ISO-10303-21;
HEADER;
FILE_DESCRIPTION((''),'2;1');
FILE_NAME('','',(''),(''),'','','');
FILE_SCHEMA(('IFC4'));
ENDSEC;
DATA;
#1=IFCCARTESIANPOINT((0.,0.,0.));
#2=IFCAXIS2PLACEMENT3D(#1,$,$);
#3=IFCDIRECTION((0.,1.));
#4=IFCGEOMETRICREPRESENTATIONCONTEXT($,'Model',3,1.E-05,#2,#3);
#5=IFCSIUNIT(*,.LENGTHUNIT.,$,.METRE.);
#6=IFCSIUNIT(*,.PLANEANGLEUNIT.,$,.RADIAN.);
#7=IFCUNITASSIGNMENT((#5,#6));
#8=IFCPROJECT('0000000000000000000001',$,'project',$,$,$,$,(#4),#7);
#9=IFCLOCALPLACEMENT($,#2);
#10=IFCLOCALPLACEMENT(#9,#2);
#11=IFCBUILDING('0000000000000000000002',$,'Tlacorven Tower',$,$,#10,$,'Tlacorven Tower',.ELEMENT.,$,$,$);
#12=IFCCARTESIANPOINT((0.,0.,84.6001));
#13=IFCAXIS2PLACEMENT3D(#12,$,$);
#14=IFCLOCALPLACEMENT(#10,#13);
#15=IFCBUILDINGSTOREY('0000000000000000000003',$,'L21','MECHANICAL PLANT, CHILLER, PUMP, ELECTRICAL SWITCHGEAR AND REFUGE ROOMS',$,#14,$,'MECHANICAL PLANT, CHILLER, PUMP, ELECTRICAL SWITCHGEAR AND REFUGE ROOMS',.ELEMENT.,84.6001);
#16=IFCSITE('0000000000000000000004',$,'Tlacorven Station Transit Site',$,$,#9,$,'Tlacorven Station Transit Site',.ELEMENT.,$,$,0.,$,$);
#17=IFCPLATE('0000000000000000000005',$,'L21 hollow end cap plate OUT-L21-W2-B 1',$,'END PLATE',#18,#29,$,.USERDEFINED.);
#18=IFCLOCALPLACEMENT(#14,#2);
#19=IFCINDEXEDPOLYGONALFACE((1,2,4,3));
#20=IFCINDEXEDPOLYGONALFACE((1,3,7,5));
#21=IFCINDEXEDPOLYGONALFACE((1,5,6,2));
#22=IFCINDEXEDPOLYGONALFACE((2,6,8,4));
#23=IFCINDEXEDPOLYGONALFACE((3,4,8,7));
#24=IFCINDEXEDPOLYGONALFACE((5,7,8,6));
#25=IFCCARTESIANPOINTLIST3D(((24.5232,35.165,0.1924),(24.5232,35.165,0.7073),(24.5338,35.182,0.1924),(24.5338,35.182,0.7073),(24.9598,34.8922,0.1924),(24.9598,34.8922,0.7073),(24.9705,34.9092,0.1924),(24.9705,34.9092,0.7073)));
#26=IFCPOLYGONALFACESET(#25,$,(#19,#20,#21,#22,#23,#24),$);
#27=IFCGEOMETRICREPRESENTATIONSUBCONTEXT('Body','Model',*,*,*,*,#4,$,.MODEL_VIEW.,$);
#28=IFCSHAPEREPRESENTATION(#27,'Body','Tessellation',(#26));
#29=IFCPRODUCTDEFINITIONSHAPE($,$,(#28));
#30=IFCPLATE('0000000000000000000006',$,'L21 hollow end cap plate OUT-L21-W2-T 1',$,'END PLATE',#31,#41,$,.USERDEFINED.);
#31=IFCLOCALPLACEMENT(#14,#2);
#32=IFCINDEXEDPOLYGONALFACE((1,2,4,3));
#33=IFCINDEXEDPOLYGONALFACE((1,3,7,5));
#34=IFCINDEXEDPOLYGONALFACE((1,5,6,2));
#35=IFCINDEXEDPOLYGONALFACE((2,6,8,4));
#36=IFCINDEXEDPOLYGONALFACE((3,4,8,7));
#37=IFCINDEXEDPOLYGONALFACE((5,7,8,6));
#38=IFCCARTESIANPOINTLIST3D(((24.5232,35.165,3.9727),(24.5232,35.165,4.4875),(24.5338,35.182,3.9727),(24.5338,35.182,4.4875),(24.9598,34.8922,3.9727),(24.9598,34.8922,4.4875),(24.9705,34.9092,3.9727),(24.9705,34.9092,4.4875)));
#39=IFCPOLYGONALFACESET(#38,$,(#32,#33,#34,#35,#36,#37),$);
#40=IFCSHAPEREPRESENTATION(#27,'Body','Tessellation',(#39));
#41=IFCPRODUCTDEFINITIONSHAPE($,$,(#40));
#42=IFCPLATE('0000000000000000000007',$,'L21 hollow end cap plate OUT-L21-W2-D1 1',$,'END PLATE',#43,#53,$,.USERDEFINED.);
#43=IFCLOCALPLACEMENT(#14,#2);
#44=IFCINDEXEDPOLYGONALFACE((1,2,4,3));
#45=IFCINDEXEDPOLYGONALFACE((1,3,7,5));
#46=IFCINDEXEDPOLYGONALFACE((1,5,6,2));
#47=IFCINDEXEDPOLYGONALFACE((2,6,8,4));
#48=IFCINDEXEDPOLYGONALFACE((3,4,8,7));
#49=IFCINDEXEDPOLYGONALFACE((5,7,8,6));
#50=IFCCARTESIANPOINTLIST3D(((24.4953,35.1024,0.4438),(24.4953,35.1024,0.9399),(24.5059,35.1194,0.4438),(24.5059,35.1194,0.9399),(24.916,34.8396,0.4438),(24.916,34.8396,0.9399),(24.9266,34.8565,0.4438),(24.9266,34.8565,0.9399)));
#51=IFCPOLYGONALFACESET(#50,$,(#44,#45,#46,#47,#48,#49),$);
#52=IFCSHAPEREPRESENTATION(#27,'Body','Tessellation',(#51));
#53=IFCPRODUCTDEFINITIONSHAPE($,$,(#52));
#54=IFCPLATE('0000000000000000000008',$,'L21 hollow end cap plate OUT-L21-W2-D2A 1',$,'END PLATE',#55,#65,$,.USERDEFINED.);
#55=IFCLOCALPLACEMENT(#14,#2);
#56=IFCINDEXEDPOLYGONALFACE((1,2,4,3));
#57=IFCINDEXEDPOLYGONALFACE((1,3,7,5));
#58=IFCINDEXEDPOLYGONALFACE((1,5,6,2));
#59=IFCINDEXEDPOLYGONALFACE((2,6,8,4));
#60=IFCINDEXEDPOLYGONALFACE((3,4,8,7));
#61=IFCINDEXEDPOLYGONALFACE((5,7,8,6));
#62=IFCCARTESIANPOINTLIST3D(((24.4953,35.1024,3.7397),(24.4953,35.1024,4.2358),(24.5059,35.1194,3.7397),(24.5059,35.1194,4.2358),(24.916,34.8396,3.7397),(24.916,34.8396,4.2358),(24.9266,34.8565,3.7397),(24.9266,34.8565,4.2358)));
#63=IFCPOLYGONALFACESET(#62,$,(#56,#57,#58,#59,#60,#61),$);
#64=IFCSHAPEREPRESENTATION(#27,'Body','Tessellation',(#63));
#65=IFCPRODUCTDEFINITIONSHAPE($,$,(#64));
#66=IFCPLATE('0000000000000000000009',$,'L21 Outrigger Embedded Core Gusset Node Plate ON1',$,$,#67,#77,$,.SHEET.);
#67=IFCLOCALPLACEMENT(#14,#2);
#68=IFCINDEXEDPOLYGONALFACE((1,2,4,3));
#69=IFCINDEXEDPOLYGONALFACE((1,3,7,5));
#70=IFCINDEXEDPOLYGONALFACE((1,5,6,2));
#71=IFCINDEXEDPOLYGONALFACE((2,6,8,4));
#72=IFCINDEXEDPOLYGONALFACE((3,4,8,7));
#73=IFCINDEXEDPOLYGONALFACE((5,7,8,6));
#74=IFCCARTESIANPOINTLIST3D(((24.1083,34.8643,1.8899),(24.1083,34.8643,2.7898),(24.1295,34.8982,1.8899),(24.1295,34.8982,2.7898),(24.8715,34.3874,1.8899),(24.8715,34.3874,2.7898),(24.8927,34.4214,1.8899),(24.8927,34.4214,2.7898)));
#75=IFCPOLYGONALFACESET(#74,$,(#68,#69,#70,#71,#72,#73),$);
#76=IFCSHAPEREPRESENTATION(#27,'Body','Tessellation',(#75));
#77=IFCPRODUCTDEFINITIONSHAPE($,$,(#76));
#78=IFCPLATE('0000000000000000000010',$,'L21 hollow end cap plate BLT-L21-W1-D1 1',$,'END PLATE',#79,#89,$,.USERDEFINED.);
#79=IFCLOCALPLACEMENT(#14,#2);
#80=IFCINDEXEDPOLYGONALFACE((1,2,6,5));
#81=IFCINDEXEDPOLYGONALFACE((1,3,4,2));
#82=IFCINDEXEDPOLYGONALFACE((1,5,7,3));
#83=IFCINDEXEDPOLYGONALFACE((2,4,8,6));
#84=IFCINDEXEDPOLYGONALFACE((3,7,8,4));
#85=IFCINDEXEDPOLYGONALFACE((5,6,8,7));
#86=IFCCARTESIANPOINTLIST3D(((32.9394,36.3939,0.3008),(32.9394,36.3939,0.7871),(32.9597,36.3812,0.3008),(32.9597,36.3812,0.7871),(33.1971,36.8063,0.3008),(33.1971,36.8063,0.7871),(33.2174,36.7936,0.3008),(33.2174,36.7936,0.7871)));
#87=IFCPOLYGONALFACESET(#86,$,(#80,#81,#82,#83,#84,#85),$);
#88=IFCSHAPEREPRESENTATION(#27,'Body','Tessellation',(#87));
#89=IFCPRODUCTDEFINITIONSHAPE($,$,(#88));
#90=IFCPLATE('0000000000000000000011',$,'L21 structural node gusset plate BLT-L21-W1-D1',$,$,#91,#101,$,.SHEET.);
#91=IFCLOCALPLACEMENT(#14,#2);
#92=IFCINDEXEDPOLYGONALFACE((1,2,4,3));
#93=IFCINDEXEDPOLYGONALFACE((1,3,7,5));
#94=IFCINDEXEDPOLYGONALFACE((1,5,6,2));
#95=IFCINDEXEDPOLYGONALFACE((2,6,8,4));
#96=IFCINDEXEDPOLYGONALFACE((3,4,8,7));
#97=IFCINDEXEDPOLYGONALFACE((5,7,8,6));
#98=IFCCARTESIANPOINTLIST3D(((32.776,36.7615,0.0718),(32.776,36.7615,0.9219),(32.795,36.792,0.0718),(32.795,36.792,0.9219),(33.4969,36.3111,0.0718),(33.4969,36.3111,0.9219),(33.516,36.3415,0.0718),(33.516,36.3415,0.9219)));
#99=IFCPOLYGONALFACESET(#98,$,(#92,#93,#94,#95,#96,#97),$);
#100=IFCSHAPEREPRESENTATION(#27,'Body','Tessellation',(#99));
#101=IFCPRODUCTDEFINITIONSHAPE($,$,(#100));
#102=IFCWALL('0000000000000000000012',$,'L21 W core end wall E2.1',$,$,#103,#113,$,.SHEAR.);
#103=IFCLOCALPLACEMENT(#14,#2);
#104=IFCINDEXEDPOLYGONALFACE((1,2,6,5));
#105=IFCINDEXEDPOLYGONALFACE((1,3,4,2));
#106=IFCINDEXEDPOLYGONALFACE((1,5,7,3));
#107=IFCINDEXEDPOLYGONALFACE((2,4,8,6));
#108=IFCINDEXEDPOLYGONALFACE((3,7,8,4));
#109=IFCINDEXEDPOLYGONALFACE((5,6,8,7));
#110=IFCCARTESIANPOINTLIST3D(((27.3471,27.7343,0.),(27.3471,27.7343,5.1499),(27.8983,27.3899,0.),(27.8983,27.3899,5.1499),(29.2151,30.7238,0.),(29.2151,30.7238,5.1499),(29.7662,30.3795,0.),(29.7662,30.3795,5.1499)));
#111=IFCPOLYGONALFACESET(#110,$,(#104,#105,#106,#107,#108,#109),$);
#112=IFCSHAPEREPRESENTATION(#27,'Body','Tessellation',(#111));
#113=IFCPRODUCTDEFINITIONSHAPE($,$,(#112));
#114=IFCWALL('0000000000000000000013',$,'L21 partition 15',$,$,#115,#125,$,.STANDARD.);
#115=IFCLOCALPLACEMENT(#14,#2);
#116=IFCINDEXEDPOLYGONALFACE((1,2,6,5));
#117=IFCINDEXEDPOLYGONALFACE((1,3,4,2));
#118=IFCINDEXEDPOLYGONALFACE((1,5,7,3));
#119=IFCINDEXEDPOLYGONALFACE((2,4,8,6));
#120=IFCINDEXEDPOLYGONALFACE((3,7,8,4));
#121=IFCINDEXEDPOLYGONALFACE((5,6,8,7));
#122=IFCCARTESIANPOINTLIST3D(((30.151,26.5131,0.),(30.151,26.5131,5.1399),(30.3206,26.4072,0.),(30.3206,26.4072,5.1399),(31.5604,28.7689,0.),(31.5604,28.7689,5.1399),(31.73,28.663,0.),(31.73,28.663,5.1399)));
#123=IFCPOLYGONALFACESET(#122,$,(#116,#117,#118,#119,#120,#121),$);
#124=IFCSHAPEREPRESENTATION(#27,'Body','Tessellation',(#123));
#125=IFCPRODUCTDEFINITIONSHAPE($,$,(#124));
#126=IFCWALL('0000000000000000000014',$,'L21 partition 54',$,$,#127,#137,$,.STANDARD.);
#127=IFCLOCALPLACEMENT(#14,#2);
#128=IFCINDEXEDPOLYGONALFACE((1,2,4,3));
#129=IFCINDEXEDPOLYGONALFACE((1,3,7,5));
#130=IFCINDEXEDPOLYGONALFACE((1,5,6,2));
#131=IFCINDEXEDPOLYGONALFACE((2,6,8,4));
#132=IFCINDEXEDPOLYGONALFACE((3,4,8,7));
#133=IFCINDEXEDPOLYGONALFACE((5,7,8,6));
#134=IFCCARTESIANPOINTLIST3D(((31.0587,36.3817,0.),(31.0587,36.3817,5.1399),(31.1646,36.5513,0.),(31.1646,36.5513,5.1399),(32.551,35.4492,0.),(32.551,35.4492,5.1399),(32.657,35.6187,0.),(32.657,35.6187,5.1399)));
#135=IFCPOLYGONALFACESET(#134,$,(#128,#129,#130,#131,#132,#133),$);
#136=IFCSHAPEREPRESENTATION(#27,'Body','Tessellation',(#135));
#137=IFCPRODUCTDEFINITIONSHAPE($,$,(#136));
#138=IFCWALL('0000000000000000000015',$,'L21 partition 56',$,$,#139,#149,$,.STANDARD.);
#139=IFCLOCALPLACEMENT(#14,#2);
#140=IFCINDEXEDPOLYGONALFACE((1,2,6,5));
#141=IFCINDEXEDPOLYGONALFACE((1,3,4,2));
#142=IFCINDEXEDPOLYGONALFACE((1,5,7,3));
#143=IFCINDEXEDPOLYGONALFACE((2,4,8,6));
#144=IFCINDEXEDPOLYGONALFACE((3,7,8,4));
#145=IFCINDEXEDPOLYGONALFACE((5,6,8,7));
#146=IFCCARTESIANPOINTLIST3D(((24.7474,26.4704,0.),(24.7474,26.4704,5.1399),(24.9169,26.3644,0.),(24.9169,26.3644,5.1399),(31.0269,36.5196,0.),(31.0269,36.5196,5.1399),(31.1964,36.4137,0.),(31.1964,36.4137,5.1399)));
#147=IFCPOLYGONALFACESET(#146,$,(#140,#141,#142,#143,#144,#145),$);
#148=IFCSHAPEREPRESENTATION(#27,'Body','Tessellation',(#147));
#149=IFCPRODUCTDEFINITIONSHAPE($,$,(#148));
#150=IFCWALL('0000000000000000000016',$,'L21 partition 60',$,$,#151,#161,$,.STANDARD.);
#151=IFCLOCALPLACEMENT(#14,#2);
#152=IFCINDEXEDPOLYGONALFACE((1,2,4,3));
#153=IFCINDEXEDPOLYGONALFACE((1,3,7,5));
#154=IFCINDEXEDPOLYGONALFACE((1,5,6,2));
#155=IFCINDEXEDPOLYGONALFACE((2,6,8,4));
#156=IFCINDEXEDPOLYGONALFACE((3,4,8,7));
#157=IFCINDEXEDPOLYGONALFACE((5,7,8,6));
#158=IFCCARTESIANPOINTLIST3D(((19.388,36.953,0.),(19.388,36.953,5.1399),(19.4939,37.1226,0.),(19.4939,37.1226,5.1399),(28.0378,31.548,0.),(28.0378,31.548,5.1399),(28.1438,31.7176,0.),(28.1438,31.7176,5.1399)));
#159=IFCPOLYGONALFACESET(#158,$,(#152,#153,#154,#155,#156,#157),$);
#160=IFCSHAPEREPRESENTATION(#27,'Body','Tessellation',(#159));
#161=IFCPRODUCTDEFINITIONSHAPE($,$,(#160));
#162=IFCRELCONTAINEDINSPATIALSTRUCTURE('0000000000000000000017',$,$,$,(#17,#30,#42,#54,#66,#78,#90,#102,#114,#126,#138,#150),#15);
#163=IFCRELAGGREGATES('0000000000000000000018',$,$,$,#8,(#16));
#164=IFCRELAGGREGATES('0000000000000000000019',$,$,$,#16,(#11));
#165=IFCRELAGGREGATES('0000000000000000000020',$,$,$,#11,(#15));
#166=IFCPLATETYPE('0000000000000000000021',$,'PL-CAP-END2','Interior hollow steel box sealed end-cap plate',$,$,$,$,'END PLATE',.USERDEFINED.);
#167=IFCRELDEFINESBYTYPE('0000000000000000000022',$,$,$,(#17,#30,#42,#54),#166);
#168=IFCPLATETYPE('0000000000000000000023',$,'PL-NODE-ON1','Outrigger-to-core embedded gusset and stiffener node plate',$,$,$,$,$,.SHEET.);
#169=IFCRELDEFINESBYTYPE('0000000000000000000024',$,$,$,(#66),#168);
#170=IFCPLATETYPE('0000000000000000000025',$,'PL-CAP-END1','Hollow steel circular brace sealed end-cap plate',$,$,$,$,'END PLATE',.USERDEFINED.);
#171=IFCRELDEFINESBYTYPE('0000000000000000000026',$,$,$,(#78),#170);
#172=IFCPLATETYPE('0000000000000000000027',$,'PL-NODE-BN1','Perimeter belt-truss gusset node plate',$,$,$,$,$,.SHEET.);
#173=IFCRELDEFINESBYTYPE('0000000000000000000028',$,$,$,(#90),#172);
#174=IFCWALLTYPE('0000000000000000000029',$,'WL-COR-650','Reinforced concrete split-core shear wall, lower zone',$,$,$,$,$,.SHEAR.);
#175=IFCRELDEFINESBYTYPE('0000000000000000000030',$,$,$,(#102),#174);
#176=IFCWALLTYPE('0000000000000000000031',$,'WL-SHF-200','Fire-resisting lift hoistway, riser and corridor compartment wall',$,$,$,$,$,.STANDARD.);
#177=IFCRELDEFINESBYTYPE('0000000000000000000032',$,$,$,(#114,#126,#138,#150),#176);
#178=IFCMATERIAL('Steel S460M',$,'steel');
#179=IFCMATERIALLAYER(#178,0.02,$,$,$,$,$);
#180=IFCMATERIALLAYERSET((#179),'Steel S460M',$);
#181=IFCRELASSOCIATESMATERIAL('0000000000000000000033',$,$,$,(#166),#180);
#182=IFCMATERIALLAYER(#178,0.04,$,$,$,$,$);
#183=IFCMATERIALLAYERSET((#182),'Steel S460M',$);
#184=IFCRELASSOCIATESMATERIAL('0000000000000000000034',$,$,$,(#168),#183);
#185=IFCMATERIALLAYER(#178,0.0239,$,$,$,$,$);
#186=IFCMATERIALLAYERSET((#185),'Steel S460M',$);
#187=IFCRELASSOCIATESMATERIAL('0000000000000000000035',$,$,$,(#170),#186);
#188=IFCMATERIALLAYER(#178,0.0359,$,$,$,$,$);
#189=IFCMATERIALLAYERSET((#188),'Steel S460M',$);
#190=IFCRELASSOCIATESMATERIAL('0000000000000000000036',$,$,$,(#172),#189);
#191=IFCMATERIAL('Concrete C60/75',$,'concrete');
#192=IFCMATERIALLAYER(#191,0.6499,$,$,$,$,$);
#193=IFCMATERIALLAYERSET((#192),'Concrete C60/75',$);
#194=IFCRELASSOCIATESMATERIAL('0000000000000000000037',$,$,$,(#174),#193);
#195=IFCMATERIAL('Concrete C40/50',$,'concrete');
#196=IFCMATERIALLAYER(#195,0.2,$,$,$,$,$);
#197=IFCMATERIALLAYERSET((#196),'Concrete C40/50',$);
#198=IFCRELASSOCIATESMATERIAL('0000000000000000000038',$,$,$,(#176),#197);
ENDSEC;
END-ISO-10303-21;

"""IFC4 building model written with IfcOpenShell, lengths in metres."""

from ifc_helpers import new_model, si_unit, direction, frame, frame_2d, origin, origin_2d, place, context, subcontext, project, spatial, rectangle, extrude, source, transform, mapped, material, layer, layer_set, type_object, element, save


model = new_model("IFC4")

# Units and contexts
model_context = context("Model", 3, precision=1e-05, world=origin(), true_north=direction((0.0, 1.0)))
body_context = subcontext(model_context, "Body", "Model", "MODEL_VIEW")
ifc_project = project(units=[si_unit("LENGTHUNIT", "METRE"), si_unit("PLANEANGLEUNIT", "RADIAN")], contexts=[model_context])

# Site, building, storey
site_placement = place(None, origin())
site = spatial("IfcSite", under=ifc_project, at=site_placement, Name="Tlacorven Station Transit Site", LongName="Tlacorven Station Transit Site", CompositionType="ELEMENT", RefElevation=0.0)
building_placement = place(site_placement, origin())
building = spatial("IfcBuilding", under=site, at=building_placement, Name="Tlacorven Tower", LongName="Tlacorven Tower", CompositionType="ELEMENT")
storey_placement = place(building_placement, frame((0.0, 0.0, 84.6001)))
storey = spatial("IfcBuildingStorey", under=building, at=storey_placement, Name="L21", Description="MECHANICAL PLANT, CHILLER, PUMP, ELECTRICAL SWITCHGEAR AND REFUGE ROOMS", LongName="MECHANICAL PLANT, CHILLER, PUMP, ELECTRICAL SWITCHGEAR AND REFUGE ROOMS", CompositionType="ELEMENT", Elevation=84.6001)

# Shared definitions
ifc_material_1 = material(Name="Steel S460M", Category="steel")

# Plates
ifc_layer_1 = layer(ifc_material_1, 0.02)
ifc_layer_set_1 = layer_set([ifc_layer_1], Name="Steel S460M")
plate_type_1 = type_object("IfcPlateType", Name="PL-CAP-END2", Description="Interior hollow steel box sealed end-cap plate", ElementType="END PLATE", PredefinedType="USERDEFINED", material=ifc_layer_set_1)
shared_shape_1 = source(origin(), body_context, "Body", "SweptSolid", [
    extrude(rectangle(XDim=0.02, YDim=0.5149, at=origin_2d()), origin(), (0.0, 0.0, 1.0), 0.5149),
])
for number, where, z_axis, x_axis, name in (
    (1, (24.7468, 35.0371, 0.1924), (0.0, 0.0, 1.0), (0.529919, 0.848048, 0.0), "L21 hollow end cap plate OUT-L21-W2-B 1"),
    (2, (24.7468, 35.0371, 3.9727), (0.0, 0.0, 1.0), (0.529919, 0.848048, 0.0), "L21 hollow end cap plate OUT-L21-W2-T 1"),
):
    element("IfcPlate", number, at=place(storey_placement, frame(where, z_axis=z_axis, x_axis=x_axis)), inside=storey, type_object=plate_type_1, Name=name, ObjectType="END PLATE", PredefinedType="USERDEFINED", context=body_context, shape_type="MappedRepresentation", body=[
        mapped(shared_shape_1, transform((0.0, 0.0, 0.0), scale=1.0)),
    ])
shared_shape_2 = source(origin(), body_context, "Body", "SweptSolid", [
    extrude(rectangle(XDim=0.02, YDim=0.4961, at=origin_2d()), origin(), (0.0, 0.0, 1.0), 0.4961),
])
for number, where, z_axis, x_axis, name in (
    (3, (24.7109, 34.9795, 0.4438), (0.0, 0.0, 1.0), (0.529919, 0.848048, 0.0), "L21 hollow end cap plate OUT-L21-W2-D1 1"),
    (4, (24.7109, 34.9795, 3.7397), (0.0, 0.0, 1.0), (0.529919, 0.848048, 0.0), "L21 hollow end cap plate OUT-L21-W2-D2A 1"),
):
    element("IfcPlate", number, at=place(storey_placement, frame(where, z_axis=z_axis, x_axis=x_axis)), inside=storey, type_object=plate_type_1, Name=name, ObjectType="END PLATE", PredefinedType="USERDEFINED", context=body_context, shape_type="MappedRepresentation", body=[
        mapped(shared_shape_2, transform((0.0, 0.0, 0.0), scale=1.0)),
    ])
ifc_layer_2 = layer(ifc_material_1, 0.04)
ifc_layer_set_2 = layer_set([ifc_layer_2], Name="Steel S460M")
plate_type_2 = type_object("IfcPlateType", Name="PL-NODE-ON1", Description="Outrigger-to-core embedded gusset and stiffener node plate", PredefinedType="SHEET", material=ifc_layer_set_2)
shared_shape_3 = source(origin(), body_context, "Body", "SweptSolid", [
    extrude(rectangle(XDim=0.8999, YDim=0.04, at=origin_2d()), origin(), (0.0, 0.0, 1.0), 0.8999),
])
plate_1_placement = place(storey_placement, frame((24.5005, 34.6428, 1.8899), z_axis=(0.0, 0.0, 1.0), x_axis=(-0.848048, 0.529919, 0.0)))
element("IfcPlate", 5, at=plate_1_placement, inside=storey, type_object=plate_type_2, Name="L21 Outrigger Embedded Core Gusset Node Plate ON1", PredefinedType="SHEET", context=body_context, shape_type="MappedRepresentation", body=[
    mapped(shared_shape_3, transform((0.0, 0.0, 0.0), scale=1.0)),
])
ifc_layer_3 = layer(ifc_material_1, 0.0239)
ifc_layer_set_3 = layer_set([ifc_layer_3], Name="Steel S460M")
plate_type_3 = type_object("IfcPlateType", Name="PL-CAP-END1", Description="Hollow steel circular brace sealed end-cap plate", ElementType="END PLATE", PredefinedType="USERDEFINED", material=ifc_layer_set_3)
shared_shape_4 = source(origin(), body_context, "Body", "SweptSolid", [
    extrude(rectangle(XDim=0.0239, YDim=0.4863, at=origin_2d()), origin(), (0.0, 0.0, 1.0), 0.4863),
])
plate_2_placement = place(storey_placement, frame((33.0784, 36.5938, 0.3008), z_axis=(0.0, 0.0, 1.0), x_axis=(-0.848048, 0.529919, 0.0)))
element("IfcPlate", 6, at=plate_2_placement, inside=storey, type_object=plate_type_3, Name="L21 hollow end cap plate BLT-L21-W1-D1 1", ObjectType="END PLATE", PredefinedType="USERDEFINED", context=body_context, shape_type="MappedRepresentation", body=[
    mapped(shared_shape_4, transform((0.0, 0.0, 0.0), scale=1.0)),
])
ifc_layer_4 = layer(ifc_material_1, 0.0359)
ifc_layer_set_4 = layer_set([ifc_layer_4], Name="Steel S460M")
plate_type_4 = type_object("IfcPlateType", Name="PL-NODE-BN1", Description="Perimeter belt-truss gusset node plate", PredefinedType="SHEET", material=ifc_layer_set_4)
shared_shape_5 = source(origin(), body_context, "Body", "SweptSolid", [
    extrude(rectangle(XDim=0.8501, YDim=0.0359, at=origin_2d()), origin(), (0.0, 0.0, 1.0), 0.8501),
])
plate_3_placement = place(storey_placement, frame((33.146, 36.5515, 0.0718), z_axis=(0.0, 0.0, 1.0), x_axis=(-0.848048, 0.529919, 0.0)))
element("IfcPlate", 7, at=plate_3_placement, inside=storey, type_object=plate_type_4, Name="L21 structural node gusset plate BLT-L21-W1-D1", PredefinedType="SHEET", context=body_context, shape_type="MappedRepresentation", body=[
    mapped(shared_shape_5, transform((0.0, 0.0, 0.0), scale=1.0)),
])

# Walls
ifc_material_2 = material(Name="Concrete C60/75", Category="concrete")
ifc_layer_5 = layer(ifc_material_2, 0.6499)
ifc_layer_set_5 = layer_set([ifc_layer_5], Name="Concrete C60/75")
wall_type_1 = type_object("IfcWallType", Name="WL-COR-650", Description="Reinforced concrete split-core shear wall, lower zone", PredefinedType="SHEAR", material=ifc_layer_set_5)
wall_1_placement = place(storey_placement, frame((29.4907, 30.5518, 0.0), z_axis=(0.0, 0.0, 1.0), x_axis=(-0.529893, -0.848064, 0.0)))
element("IfcWall", 8, at=wall_1_placement, inside=storey, type_object=wall_type_1, Name="L21 W core end wall E2.1", PredefinedType="SHEAR", context=body_context, shape_type="SweptSolid", body=[
    extrude(rectangle(XDim=3.5251, YDim=0.6499, at=frame_2d((1.7627, 0.0))), origin(), (0.0, 0.0, 1.0), 5.1499),
])
ifc_material_3 = material(Name="Concrete C40/50", Category="concrete")
ifc_layer_6 = layer(ifc_material_3, 0.2)
ifc_layer_set_6 = layer_set([ifc_layer_6], Name="Concrete C40/50")
wall_type_2 = type_object("IfcWallType", Name="WL-SHF-200", Description="Fire-resisting lift hoistway, riser and corridor compartment wall", PredefinedType="STANDARD", material=ifc_layer_set_6)
wall_2_placement = place(storey_placement, frame((31.6453, 28.7161, 0.0), z_axis=(0.0, 0.0, 1.0), x_axis=(-0.529867, -0.848081, 0.0)))
element("IfcWall", 9, at=wall_2_placement, inside=storey, type_object=wall_type_2, Name="L21 partition 15", PredefinedType="STANDARD", context=body_context, shape_type="SweptSolid", body=[
    extrude(rectangle(XDim=2.6599, YDim=0.2, at=frame_2d((1.3301, 0.0))), origin(), (0.0, 0.0, 1.0), 5.1399),
])

# Walls
wall_3_placement = place(storey_placement, frame((32.604, 35.5339, 0.0), z_axis=(0.0, 0.0, 1.0), x_axis=(-0.848037, 0.529937, 0.0)))
element("IfcWall", 10, at=wall_3_placement, inside=storey, type_object=wall_type_2, Name="L21 partition 54", PredefinedType="STANDARD", context=body_context, shape_type="SweptSolid", body=[
    extrude(rectangle(XDim=1.7598, YDim=0.2, at=frame_2d((0.8799, 0.0))), origin(), (0.0, 0.0, 1.0), 5.1399),
])
wall_4_placement = place(storey_placement, frame((31.1116, 36.4666, 0.0), z_axis=(0.0, 0.0, 1.0), x_axis=(-0.529921, -0.848047, 0.0)))
element("IfcWall", 11, at=wall_4_placement, inside=storey, type_object=wall_type_2, Name="L21 partition 56", PredefinedType="STANDARD", context=body_context, shape_type="SweptSolid", body=[
    extrude(rectangle(XDim=11.8499, YDim=0.2, at=frame_2d((5.9248, 0.0))), origin(), (0.0, 0.0, 1.0), 5.1399),
])
wall_5_placement = place(storey_placement, frame((28.0908, 31.6328, 0.0), z_axis=(0.0, 0.0, 1.0), x_axis=(-0.848049, 0.529917, 0.0)))
element("IfcWall", 12, at=wall_5_placement, inside=storey, type_object=wall_type_2, Name="L21 partition 60", PredefinedType="STANDARD", context=body_context, shape_type="SweptSolid", body=[
    extrude(rectangle(XDim=10.1997, YDim=0.2, at=frame_2d((5.0999, 0.0))), origin(), (0.0, 0.0, 1.0), 5.1399),
])

save(model, "model.ifc")
